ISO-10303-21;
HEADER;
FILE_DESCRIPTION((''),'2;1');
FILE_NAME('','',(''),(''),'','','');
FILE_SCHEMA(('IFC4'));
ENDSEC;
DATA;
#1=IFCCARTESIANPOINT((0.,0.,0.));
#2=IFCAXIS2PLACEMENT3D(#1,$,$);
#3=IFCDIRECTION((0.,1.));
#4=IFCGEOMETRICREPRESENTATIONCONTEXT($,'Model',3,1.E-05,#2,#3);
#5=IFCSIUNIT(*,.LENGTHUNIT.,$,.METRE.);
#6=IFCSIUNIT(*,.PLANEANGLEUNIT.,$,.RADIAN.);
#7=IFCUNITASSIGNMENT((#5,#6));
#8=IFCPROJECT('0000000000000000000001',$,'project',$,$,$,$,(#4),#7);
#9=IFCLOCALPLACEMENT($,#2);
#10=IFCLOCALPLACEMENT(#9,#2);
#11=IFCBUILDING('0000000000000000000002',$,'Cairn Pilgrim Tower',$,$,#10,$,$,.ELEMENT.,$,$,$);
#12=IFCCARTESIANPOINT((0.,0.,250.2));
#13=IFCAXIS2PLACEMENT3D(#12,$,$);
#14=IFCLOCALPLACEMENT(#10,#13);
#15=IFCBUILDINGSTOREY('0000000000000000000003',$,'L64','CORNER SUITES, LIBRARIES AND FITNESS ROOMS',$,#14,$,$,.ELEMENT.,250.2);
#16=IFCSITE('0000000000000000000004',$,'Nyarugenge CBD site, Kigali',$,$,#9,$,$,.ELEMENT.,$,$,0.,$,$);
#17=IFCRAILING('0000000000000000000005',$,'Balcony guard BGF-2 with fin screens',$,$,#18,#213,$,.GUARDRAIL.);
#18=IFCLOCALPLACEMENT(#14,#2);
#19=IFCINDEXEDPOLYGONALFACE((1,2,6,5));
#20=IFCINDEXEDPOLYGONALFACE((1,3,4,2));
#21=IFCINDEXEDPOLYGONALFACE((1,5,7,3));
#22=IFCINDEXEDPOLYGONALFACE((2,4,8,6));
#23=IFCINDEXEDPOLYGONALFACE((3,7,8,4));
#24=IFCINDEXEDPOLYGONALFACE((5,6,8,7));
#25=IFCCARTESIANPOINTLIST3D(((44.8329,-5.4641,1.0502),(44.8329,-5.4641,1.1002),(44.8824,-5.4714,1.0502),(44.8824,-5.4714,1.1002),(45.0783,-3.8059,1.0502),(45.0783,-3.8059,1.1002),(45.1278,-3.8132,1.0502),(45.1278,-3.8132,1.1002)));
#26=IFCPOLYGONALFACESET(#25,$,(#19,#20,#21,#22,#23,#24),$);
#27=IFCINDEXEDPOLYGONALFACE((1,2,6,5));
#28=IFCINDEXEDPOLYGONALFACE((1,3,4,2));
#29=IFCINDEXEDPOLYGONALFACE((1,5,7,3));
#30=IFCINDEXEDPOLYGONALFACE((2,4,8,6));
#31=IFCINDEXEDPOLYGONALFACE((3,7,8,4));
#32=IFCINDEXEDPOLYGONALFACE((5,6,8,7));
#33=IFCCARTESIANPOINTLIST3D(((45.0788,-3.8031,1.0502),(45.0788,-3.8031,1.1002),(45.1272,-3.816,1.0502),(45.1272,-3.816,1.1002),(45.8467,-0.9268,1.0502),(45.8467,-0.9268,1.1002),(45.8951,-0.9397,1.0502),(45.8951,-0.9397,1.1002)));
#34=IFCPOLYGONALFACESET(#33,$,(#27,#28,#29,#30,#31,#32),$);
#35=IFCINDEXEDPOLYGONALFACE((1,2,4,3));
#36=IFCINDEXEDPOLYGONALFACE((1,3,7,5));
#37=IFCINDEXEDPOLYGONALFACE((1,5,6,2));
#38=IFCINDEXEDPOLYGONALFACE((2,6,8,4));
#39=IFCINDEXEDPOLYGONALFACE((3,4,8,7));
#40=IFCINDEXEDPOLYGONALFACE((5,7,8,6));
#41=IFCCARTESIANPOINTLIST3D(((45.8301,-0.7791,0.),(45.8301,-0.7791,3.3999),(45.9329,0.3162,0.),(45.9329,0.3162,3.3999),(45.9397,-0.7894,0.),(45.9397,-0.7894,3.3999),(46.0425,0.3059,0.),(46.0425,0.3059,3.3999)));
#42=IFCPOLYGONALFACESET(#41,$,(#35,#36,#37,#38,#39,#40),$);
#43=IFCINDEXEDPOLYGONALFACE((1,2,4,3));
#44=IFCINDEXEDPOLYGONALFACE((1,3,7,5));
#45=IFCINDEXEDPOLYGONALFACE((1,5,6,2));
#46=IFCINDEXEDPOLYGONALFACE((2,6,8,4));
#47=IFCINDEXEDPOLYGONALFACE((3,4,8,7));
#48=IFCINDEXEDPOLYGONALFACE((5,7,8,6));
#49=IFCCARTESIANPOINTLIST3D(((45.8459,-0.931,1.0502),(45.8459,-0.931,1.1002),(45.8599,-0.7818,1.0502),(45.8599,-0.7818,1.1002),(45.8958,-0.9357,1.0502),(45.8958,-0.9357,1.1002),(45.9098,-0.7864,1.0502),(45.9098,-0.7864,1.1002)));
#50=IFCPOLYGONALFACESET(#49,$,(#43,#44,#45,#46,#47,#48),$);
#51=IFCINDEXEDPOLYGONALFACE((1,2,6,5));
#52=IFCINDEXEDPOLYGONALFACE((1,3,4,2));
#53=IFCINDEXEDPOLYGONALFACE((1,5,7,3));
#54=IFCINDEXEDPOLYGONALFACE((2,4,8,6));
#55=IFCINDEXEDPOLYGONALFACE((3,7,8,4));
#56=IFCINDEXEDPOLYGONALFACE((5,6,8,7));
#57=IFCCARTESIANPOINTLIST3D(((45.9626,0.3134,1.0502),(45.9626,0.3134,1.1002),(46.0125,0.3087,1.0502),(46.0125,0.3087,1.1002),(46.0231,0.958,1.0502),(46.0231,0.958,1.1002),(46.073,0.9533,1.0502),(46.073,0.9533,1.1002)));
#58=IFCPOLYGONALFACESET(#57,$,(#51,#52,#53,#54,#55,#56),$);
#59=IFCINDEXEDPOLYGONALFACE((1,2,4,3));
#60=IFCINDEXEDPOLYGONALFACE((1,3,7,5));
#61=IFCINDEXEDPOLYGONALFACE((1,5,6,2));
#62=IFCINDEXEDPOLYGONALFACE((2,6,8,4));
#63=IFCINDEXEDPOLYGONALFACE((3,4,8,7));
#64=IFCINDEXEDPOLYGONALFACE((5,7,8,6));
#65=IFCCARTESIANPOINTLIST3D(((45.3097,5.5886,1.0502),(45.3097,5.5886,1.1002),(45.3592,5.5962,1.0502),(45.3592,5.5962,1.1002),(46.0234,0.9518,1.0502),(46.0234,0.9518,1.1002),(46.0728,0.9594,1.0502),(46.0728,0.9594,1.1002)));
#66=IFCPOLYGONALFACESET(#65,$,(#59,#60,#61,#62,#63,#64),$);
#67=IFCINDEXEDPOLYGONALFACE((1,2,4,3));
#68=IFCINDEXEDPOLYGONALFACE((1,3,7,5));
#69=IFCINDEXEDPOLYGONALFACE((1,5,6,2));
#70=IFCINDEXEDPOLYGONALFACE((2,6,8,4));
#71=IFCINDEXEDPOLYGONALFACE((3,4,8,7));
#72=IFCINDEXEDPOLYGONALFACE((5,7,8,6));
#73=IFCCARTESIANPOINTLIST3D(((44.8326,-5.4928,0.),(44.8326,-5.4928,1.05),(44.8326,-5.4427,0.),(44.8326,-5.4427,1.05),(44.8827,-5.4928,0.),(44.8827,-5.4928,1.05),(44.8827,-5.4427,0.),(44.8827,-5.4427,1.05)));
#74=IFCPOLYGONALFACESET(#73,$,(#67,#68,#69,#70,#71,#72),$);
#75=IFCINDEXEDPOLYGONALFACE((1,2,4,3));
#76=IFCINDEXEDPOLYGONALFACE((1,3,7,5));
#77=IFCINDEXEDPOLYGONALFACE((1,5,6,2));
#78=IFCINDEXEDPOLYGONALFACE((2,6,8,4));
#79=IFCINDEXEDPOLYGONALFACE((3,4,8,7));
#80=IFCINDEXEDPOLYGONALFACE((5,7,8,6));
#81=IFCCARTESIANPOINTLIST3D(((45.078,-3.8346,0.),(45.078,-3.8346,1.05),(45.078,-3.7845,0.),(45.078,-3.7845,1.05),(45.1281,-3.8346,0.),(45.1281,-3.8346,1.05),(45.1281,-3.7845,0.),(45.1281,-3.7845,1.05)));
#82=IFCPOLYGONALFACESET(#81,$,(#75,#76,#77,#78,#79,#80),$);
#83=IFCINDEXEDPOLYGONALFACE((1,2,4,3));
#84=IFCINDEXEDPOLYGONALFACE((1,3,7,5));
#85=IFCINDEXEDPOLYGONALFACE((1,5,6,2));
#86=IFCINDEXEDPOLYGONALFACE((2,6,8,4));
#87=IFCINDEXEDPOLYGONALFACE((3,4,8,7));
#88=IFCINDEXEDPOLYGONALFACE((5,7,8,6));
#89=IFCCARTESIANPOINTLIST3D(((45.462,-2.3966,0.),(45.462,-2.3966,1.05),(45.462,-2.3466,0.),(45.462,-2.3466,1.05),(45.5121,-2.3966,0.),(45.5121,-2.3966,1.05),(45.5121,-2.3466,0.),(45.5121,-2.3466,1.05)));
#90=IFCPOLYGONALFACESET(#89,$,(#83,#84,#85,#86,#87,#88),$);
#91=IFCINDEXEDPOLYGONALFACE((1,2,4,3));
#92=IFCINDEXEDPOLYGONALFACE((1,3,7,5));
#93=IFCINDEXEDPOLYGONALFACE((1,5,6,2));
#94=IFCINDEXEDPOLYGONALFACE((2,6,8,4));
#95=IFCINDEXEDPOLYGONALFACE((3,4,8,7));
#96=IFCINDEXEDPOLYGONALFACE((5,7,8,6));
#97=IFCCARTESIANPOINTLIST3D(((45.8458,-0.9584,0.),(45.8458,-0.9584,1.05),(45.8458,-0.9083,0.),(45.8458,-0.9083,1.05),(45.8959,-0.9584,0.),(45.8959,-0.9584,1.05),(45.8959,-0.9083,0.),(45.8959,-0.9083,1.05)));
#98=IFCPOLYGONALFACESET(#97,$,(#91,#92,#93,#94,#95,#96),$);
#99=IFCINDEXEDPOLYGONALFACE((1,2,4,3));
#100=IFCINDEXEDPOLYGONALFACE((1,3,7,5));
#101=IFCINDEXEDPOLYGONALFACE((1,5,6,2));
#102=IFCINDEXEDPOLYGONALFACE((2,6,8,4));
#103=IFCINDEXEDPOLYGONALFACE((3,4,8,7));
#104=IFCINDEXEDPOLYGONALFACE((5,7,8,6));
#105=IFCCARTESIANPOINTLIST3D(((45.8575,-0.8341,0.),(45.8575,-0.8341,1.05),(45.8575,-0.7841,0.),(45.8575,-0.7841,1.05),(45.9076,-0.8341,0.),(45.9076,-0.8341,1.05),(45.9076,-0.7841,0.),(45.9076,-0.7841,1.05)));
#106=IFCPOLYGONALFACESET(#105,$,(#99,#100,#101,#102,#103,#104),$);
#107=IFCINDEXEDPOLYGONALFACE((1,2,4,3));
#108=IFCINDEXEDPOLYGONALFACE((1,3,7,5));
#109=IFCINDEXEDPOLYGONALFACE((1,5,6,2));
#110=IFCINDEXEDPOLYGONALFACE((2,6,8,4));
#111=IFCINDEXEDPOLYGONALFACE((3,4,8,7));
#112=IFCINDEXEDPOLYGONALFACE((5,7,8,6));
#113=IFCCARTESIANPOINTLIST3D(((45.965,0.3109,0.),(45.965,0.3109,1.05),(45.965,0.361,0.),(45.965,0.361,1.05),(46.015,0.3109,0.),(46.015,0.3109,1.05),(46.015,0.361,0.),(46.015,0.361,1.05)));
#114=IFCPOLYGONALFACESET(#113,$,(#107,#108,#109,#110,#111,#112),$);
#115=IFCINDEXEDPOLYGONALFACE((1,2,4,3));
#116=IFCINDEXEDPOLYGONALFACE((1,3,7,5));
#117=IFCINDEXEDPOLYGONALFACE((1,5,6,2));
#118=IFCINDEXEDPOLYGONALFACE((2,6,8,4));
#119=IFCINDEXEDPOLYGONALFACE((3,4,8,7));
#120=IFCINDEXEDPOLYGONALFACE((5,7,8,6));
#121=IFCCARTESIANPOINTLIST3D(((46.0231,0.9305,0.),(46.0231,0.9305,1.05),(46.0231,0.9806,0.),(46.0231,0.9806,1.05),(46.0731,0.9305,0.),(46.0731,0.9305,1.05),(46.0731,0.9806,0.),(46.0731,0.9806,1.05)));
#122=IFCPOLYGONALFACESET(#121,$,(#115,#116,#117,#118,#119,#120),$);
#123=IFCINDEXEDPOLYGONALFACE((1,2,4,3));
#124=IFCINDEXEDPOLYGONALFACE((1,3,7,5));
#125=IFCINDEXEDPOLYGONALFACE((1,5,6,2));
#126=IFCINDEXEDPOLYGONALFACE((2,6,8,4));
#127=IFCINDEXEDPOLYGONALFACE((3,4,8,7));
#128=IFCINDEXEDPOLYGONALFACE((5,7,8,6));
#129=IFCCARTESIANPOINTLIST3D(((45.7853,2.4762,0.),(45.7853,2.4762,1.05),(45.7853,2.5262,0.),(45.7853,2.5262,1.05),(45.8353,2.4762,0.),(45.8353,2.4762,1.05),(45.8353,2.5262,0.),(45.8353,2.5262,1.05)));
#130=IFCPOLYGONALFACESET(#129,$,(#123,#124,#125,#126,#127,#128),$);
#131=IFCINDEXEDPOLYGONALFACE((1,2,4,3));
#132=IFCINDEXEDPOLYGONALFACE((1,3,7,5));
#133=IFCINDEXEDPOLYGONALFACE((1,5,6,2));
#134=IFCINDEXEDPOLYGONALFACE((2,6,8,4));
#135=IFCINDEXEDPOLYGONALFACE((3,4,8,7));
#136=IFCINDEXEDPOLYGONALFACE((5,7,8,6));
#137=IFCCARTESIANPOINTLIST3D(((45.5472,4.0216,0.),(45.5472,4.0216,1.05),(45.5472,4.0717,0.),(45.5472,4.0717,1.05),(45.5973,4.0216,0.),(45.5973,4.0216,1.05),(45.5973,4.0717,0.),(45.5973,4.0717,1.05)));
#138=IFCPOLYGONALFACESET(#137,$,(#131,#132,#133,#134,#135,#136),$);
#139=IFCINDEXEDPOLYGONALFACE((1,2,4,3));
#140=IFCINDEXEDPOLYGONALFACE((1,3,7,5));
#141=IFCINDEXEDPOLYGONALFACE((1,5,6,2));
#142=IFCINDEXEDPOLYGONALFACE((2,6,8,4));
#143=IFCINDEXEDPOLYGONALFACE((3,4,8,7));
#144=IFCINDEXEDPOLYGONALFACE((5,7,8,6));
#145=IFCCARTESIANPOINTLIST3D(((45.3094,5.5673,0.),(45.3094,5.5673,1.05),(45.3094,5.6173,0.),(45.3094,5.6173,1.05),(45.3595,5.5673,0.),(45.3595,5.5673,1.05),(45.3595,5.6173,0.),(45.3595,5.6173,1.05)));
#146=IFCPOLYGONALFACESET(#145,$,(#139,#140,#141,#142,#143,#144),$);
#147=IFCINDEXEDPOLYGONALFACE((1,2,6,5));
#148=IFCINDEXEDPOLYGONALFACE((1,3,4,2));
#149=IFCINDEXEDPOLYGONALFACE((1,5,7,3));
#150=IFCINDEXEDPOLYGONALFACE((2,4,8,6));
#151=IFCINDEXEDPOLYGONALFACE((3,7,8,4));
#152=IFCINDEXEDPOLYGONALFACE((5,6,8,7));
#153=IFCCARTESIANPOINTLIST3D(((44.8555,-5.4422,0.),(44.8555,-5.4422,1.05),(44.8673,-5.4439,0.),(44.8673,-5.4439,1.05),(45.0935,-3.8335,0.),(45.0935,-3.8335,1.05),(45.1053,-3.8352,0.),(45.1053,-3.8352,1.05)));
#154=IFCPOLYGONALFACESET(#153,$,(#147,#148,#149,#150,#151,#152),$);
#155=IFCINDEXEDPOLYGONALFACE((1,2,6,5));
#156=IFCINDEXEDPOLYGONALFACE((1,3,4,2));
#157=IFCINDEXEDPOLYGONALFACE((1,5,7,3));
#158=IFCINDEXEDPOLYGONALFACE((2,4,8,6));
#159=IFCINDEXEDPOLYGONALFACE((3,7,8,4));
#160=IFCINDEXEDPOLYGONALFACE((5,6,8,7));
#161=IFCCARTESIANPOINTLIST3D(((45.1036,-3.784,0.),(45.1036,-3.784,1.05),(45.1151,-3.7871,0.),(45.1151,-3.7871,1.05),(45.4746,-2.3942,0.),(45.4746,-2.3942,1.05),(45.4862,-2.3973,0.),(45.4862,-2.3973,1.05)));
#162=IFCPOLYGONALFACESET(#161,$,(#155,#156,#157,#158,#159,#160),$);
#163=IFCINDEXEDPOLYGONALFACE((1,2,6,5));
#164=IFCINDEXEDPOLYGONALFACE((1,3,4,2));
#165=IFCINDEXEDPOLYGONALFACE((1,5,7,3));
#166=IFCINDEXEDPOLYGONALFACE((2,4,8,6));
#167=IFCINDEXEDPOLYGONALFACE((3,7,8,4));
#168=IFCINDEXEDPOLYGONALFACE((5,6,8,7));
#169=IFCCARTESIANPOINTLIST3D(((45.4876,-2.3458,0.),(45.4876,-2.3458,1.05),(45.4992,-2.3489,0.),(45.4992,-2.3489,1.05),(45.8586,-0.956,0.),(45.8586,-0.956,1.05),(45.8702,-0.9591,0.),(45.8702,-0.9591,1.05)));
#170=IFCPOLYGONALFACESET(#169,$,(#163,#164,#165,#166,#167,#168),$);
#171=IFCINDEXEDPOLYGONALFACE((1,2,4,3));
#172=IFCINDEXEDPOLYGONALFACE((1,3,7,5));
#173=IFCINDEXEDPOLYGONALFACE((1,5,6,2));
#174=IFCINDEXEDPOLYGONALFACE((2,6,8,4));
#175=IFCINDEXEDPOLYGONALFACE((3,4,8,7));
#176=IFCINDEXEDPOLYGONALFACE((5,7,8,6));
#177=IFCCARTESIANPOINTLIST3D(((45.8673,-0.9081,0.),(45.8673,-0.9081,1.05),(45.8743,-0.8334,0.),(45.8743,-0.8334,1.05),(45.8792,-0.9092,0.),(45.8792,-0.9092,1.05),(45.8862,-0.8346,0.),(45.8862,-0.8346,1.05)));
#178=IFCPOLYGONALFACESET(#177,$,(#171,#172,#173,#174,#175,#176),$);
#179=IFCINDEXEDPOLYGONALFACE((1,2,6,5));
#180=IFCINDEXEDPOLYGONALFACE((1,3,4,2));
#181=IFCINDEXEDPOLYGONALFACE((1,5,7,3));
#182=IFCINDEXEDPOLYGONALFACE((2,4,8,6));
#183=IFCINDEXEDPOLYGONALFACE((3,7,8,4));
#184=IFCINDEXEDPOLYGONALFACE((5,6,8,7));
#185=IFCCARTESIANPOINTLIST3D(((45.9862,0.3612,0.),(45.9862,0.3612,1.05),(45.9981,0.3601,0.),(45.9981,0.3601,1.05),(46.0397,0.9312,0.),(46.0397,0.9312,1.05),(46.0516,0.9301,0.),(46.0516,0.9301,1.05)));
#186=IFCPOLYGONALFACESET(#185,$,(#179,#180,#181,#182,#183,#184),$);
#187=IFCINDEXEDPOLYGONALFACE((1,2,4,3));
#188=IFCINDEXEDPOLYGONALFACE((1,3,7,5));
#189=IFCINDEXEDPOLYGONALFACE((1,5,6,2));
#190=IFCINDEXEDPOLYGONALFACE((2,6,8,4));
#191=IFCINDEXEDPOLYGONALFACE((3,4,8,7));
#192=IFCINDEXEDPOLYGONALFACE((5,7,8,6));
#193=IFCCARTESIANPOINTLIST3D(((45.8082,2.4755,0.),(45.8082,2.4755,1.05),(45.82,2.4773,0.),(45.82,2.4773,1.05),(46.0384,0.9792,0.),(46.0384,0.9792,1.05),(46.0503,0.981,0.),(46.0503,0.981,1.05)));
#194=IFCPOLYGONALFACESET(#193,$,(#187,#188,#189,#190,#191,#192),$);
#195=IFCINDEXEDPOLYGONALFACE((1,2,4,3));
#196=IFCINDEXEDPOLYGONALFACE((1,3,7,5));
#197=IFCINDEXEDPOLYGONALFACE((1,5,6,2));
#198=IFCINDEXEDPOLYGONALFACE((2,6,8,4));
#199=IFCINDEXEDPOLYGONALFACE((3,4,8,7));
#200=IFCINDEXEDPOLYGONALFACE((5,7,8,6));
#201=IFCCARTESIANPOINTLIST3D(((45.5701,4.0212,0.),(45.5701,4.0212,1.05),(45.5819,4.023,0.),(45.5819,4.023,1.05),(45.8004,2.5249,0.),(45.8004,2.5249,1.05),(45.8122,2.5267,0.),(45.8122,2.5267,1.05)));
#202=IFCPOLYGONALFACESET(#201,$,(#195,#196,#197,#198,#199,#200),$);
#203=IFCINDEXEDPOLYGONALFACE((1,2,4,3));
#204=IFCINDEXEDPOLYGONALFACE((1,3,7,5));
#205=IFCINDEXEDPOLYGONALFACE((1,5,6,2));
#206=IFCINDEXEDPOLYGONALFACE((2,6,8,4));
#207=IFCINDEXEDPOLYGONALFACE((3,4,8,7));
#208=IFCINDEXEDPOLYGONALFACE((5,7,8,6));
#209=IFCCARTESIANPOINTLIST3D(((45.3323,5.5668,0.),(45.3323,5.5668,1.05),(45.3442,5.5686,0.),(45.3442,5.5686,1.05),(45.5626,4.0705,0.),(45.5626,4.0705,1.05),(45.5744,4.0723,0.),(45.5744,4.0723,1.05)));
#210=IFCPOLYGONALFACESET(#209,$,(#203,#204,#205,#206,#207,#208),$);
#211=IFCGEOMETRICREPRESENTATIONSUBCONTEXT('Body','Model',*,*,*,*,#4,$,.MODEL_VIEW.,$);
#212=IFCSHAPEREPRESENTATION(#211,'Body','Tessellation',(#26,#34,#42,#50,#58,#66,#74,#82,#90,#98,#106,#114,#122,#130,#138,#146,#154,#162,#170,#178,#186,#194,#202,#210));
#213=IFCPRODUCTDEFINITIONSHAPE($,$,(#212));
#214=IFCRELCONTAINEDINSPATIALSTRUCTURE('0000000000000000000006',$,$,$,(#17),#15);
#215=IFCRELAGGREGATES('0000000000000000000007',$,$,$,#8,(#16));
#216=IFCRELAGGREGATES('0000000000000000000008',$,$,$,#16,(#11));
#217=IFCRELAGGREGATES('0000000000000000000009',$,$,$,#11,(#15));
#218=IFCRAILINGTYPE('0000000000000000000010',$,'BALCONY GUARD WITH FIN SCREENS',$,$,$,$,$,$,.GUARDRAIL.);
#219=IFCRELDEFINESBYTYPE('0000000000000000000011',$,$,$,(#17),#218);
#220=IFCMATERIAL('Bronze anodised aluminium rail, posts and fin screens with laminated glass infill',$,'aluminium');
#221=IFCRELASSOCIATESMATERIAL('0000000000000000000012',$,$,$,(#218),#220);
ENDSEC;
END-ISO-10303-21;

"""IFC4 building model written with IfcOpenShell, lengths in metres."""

from ifc_helpers import new_model, si_unit, direction, frame, origin, origin_2d, place, context, subcontext, project, spatial, polyline, rectangle, outline, extrude, material, type_object, element, save


model = new_model("IFC4")

# Units and contexts
model_context = context("Model", 3, precision=1e-05, world=origin(), true_north=direction((0.0, 1.0)))
body_context = subcontext(model_context, "Body", "Model", "MODEL_VIEW")
ifc_project = project(units=[si_unit("LENGTHUNIT", "METRE"), si_unit("PLANEANGLEUNIT", "RADIAN")], contexts=[model_context])

# Site, building, storey
site_placement = place(None, origin())
site = spatial("IfcSite", under=ifc_project, at=site_placement, Name="Nyarugenge CBD site, Kigali", CompositionType="ELEMENT", RefElevation=0.0)
building_placement = place(site_placement, origin())
building = spatial("IfcBuilding", under=site, at=building_placement, Name="Cairn Pilgrim Tower", CompositionType="ELEMENT")
storey_placement = place(building_placement, frame((0.0, 0.0, 250.2)))
storey = spatial("IfcBuildingStorey", under=building, at=storey_placement, Name="L64", Description="CORNER SUITES, LIBRARIES AND FITNESS ROOMS", CompositionType="ELEMENT", Elevation=250.2)

# Railing
ifc_material_1 = material(Name="Bronze anodised aluminium rail, posts and fin screens with laminated glass infill", Category="aluminium")
railing_type = type_object("IfcRailingType", Name="BALCONY GUARD WITH FIN SCREENS", PredefinedType="GUARDRAIL", material=ifc_material_1)
railing_placement = place(storey_placement, frame((44.8577, -5.4678, 0.0)))
element("IfcRailing", 1, at=railing_placement, inside=storey, type_object=railing_type, Name="Balcony guard BGF-2 with fin screens", PredefinedType="GUARDRAIL", context=body_context, shape_type="SweptSolid", body=[
    extrude(rectangle(XDim=0.05, YDim=0.05, at=origin_2d()), frame((0.0, 0.0, 1.0752), z_axis=(0.146374, 0.989229, 0.0), x_axis=(-0.989229, 0.146374, 0.0)), (0.0, 0.0, 1.0), 1.6763),
    extrude(rectangle(XDim=0.05, YDim=0.05, at=origin_2d()), frame((0.2454, 1.6582, 1.0752), z_axis=(0.257923, 0.966165, 0.0), x_axis=(-0.966165, 0.257923, 0.0)), (0.0, 0.0, 1.0), 2.9771),
    extrude(rectangle(XDim=1.1001, YDim=0.1101, at=origin_2d()), frame((1.0786, 5.2312, 0.0), z_axis=(0.0, 0.0, 1.0), x_axis=(0.093424, 0.995626, 0.0)), (0.0, 0.0, 1.0), 3.3999),
    extrude(rectangle(XDim=0.05, YDim=0.05, at=origin_2d()), frame((1.0132, 4.5344, 1.0752), z_axis=(0.093424, 0.995626, 0.0), x_axis=(-0.995626, 0.093424, 0.0)), (0.0, 0.0, 1.0), 0.1499),
    extrude(rectangle(XDim=0.05, YDim=0.05, at=origin_2d()), frame((1.1299, 5.7788, 1.0752), z_axis=(0.093424, 0.995626, 0.0), x_axis=(-0.995626, 0.093424, 0.0)), (0.0, 0.0, 1.0), 0.6475),
    extrude(rectangle(XDim=0.05, YDim=0.05, at=origin_2d()), frame((1.1904, 6.4233, 1.0752), z_axis=(-0.152116, 0.988363, 0.0), x_axis=(-0.988363, -0.152116, 0.0)), (0.0, 0.0, 1.0), 4.6914),
    extrude(rectangle(XDim=0.05, YDim=0.05, at=origin_2d()), origin(), (0.0, 0.0, 1.0), 1.05),
    extrude(rectangle(XDim=0.05, YDim=0.05, at=origin_2d()), frame((0.2454, 1.6582, 0.0)), (0.0, 0.0, 1.0), 1.05),
    extrude(rectangle(XDim=0.05, YDim=0.05, at=origin_2d()), frame((0.6294, 3.0962, 0.0)), (0.0, 0.0, 1.0), 1.05),
    extrude(rectangle(XDim=0.05, YDim=0.05, at=origin_2d()), frame((1.0132, 4.5344, 0.0)), (0.0, 0.0, 1.0), 1.05),
    extrude(rectangle(XDim=0.05, YDim=0.05, at=origin_2d()), frame((1.0249, 4.6587, 0.0)), (0.0, 0.0, 1.0), 1.05),
    extrude(rectangle(XDim=0.05, YDim=0.05, at=origin_2d()), frame((1.1323, 5.8037, 0.0)), (0.0, 0.0, 1.0), 1.05),
    extrude(rectangle(XDim=0.05, YDim=0.05, at=origin_2d()), frame((1.1904, 6.4233, 0.0)), (0.0, 0.0, 1.0), 1.05),
    extrude(rectangle(XDim=0.05, YDim=0.05, at=origin_2d()), frame((0.9526, 7.969, 0.0)), (0.0, 0.0, 1.0), 1.05),
    extrude(rectangle(XDim=0.05, YDim=0.05, at=origin_2d()), frame((0.7146, 9.5144, 0.0)), (0.0, 0.0, 1.0), 1.05),
    extrude(rectangle(XDim=0.05, YDim=0.05, at=origin_2d()), frame((0.4768, 11.0601, 0.0)), (0.0, 0.0, 1.0), 1.05),
    extrude(outline(polyline([(0.0249, 0.0), (1.6511, 0.0), (1.6511, 1.05), (0.0249, 1.05), (0.0249, 0.0)])), frame((-0.0059, 0.001, 0.0), z_axis=(0.989229, -0.146374, 0.0), x_axis=(0.146374, 0.989229, 0.0)), (0.0, 0.0, 1.0), 0.012),
    extrude(outline(polyline([(0.0249, 0.0), (1.4634, 0.0), (1.4634, 1.05), (0.0249, 1.05), (0.0249, 0.0)])), frame((0.2395, 1.6597, 0.0), z_axis=(0.966165, -0.257923, 0.0), x_axis=(0.257923, 0.966165, 0.0)), (0.0, 0.0, 1.0), 0.012),
    extrude(outline(polyline([(0.0249, 0.0), (1.4634, 0.0), (1.4634, 1.05), (0.0249, 1.05), (0.0249, 0.0)])), frame((0.6235, 3.0979, 0.0), z_axis=(0.966165, -0.257923, 0.0), x_axis=(0.257923, 0.966165, 0.0)), (0.0, 0.0, 1.0), 0.012),
    extrude(outline(polyline([(0.0249, 0.0), (0.0999, 0.0), (0.0999, 1.05), (0.0249, 1.05), (0.0249, 0.0)])), frame((1.0073, 4.5349, 0.0), z_axis=(0.995626, -0.093424, 0.0), x_axis=(0.093424, 0.995626, 0.0)), (0.0, 0.0, 1.0), 0.012),
    extrude(outline(polyline([(0.0249, 0.0), (0.5974, 0.0), (0.5974, 1.05), (0.0249, 1.05), (0.0249, 0.0)])), frame((1.1262, 5.8042, 0.0), z_axis=(0.995626, -0.093424, 0.0), x_axis=(0.093424, 0.995626, 0.0)), (0.0, 0.0, 1.0), 0.012),
    extrude(outline(polyline([(0.0249, 0.0), (1.5388, 0.0), (1.5388, 1.05), (0.0249, 1.05), (0.0249, 0.0)])), frame((1.1846, 6.4224, 0.0), z_axis=(0.988363, 0.152116, 0.0), x_axis=(-0.152116, 0.988363, 0.0)), (0.0, 0.0, 1.0), 0.012),
    extrude(outline(polyline([(0.0249, 0.0), (1.5388, 0.0), (1.5388, 1.05), (0.0249, 1.05), (0.0249, 0.0)])), frame((0.9465, 7.968, 0.0), z_axis=(0.988363, 0.152116, 0.0), x_axis=(-0.152116, 0.988363, 0.0)), (0.0, 0.0, 1.0), 0.012),
    extrude(outline(polyline([(0.0249, 0.0), (1.5388, 0.0), (1.5388, 1.05), (0.0249, 1.05), (0.0249, 0.0)])), frame((0.7087, 9.5137, 0.0), z_axis=(0.988363, 0.152116, 0.0), x_axis=(-0.152116, 0.988363, 0.0)), (0.0, 0.0, 1.0), 0.012),
])

save(model, "model.ifc")
